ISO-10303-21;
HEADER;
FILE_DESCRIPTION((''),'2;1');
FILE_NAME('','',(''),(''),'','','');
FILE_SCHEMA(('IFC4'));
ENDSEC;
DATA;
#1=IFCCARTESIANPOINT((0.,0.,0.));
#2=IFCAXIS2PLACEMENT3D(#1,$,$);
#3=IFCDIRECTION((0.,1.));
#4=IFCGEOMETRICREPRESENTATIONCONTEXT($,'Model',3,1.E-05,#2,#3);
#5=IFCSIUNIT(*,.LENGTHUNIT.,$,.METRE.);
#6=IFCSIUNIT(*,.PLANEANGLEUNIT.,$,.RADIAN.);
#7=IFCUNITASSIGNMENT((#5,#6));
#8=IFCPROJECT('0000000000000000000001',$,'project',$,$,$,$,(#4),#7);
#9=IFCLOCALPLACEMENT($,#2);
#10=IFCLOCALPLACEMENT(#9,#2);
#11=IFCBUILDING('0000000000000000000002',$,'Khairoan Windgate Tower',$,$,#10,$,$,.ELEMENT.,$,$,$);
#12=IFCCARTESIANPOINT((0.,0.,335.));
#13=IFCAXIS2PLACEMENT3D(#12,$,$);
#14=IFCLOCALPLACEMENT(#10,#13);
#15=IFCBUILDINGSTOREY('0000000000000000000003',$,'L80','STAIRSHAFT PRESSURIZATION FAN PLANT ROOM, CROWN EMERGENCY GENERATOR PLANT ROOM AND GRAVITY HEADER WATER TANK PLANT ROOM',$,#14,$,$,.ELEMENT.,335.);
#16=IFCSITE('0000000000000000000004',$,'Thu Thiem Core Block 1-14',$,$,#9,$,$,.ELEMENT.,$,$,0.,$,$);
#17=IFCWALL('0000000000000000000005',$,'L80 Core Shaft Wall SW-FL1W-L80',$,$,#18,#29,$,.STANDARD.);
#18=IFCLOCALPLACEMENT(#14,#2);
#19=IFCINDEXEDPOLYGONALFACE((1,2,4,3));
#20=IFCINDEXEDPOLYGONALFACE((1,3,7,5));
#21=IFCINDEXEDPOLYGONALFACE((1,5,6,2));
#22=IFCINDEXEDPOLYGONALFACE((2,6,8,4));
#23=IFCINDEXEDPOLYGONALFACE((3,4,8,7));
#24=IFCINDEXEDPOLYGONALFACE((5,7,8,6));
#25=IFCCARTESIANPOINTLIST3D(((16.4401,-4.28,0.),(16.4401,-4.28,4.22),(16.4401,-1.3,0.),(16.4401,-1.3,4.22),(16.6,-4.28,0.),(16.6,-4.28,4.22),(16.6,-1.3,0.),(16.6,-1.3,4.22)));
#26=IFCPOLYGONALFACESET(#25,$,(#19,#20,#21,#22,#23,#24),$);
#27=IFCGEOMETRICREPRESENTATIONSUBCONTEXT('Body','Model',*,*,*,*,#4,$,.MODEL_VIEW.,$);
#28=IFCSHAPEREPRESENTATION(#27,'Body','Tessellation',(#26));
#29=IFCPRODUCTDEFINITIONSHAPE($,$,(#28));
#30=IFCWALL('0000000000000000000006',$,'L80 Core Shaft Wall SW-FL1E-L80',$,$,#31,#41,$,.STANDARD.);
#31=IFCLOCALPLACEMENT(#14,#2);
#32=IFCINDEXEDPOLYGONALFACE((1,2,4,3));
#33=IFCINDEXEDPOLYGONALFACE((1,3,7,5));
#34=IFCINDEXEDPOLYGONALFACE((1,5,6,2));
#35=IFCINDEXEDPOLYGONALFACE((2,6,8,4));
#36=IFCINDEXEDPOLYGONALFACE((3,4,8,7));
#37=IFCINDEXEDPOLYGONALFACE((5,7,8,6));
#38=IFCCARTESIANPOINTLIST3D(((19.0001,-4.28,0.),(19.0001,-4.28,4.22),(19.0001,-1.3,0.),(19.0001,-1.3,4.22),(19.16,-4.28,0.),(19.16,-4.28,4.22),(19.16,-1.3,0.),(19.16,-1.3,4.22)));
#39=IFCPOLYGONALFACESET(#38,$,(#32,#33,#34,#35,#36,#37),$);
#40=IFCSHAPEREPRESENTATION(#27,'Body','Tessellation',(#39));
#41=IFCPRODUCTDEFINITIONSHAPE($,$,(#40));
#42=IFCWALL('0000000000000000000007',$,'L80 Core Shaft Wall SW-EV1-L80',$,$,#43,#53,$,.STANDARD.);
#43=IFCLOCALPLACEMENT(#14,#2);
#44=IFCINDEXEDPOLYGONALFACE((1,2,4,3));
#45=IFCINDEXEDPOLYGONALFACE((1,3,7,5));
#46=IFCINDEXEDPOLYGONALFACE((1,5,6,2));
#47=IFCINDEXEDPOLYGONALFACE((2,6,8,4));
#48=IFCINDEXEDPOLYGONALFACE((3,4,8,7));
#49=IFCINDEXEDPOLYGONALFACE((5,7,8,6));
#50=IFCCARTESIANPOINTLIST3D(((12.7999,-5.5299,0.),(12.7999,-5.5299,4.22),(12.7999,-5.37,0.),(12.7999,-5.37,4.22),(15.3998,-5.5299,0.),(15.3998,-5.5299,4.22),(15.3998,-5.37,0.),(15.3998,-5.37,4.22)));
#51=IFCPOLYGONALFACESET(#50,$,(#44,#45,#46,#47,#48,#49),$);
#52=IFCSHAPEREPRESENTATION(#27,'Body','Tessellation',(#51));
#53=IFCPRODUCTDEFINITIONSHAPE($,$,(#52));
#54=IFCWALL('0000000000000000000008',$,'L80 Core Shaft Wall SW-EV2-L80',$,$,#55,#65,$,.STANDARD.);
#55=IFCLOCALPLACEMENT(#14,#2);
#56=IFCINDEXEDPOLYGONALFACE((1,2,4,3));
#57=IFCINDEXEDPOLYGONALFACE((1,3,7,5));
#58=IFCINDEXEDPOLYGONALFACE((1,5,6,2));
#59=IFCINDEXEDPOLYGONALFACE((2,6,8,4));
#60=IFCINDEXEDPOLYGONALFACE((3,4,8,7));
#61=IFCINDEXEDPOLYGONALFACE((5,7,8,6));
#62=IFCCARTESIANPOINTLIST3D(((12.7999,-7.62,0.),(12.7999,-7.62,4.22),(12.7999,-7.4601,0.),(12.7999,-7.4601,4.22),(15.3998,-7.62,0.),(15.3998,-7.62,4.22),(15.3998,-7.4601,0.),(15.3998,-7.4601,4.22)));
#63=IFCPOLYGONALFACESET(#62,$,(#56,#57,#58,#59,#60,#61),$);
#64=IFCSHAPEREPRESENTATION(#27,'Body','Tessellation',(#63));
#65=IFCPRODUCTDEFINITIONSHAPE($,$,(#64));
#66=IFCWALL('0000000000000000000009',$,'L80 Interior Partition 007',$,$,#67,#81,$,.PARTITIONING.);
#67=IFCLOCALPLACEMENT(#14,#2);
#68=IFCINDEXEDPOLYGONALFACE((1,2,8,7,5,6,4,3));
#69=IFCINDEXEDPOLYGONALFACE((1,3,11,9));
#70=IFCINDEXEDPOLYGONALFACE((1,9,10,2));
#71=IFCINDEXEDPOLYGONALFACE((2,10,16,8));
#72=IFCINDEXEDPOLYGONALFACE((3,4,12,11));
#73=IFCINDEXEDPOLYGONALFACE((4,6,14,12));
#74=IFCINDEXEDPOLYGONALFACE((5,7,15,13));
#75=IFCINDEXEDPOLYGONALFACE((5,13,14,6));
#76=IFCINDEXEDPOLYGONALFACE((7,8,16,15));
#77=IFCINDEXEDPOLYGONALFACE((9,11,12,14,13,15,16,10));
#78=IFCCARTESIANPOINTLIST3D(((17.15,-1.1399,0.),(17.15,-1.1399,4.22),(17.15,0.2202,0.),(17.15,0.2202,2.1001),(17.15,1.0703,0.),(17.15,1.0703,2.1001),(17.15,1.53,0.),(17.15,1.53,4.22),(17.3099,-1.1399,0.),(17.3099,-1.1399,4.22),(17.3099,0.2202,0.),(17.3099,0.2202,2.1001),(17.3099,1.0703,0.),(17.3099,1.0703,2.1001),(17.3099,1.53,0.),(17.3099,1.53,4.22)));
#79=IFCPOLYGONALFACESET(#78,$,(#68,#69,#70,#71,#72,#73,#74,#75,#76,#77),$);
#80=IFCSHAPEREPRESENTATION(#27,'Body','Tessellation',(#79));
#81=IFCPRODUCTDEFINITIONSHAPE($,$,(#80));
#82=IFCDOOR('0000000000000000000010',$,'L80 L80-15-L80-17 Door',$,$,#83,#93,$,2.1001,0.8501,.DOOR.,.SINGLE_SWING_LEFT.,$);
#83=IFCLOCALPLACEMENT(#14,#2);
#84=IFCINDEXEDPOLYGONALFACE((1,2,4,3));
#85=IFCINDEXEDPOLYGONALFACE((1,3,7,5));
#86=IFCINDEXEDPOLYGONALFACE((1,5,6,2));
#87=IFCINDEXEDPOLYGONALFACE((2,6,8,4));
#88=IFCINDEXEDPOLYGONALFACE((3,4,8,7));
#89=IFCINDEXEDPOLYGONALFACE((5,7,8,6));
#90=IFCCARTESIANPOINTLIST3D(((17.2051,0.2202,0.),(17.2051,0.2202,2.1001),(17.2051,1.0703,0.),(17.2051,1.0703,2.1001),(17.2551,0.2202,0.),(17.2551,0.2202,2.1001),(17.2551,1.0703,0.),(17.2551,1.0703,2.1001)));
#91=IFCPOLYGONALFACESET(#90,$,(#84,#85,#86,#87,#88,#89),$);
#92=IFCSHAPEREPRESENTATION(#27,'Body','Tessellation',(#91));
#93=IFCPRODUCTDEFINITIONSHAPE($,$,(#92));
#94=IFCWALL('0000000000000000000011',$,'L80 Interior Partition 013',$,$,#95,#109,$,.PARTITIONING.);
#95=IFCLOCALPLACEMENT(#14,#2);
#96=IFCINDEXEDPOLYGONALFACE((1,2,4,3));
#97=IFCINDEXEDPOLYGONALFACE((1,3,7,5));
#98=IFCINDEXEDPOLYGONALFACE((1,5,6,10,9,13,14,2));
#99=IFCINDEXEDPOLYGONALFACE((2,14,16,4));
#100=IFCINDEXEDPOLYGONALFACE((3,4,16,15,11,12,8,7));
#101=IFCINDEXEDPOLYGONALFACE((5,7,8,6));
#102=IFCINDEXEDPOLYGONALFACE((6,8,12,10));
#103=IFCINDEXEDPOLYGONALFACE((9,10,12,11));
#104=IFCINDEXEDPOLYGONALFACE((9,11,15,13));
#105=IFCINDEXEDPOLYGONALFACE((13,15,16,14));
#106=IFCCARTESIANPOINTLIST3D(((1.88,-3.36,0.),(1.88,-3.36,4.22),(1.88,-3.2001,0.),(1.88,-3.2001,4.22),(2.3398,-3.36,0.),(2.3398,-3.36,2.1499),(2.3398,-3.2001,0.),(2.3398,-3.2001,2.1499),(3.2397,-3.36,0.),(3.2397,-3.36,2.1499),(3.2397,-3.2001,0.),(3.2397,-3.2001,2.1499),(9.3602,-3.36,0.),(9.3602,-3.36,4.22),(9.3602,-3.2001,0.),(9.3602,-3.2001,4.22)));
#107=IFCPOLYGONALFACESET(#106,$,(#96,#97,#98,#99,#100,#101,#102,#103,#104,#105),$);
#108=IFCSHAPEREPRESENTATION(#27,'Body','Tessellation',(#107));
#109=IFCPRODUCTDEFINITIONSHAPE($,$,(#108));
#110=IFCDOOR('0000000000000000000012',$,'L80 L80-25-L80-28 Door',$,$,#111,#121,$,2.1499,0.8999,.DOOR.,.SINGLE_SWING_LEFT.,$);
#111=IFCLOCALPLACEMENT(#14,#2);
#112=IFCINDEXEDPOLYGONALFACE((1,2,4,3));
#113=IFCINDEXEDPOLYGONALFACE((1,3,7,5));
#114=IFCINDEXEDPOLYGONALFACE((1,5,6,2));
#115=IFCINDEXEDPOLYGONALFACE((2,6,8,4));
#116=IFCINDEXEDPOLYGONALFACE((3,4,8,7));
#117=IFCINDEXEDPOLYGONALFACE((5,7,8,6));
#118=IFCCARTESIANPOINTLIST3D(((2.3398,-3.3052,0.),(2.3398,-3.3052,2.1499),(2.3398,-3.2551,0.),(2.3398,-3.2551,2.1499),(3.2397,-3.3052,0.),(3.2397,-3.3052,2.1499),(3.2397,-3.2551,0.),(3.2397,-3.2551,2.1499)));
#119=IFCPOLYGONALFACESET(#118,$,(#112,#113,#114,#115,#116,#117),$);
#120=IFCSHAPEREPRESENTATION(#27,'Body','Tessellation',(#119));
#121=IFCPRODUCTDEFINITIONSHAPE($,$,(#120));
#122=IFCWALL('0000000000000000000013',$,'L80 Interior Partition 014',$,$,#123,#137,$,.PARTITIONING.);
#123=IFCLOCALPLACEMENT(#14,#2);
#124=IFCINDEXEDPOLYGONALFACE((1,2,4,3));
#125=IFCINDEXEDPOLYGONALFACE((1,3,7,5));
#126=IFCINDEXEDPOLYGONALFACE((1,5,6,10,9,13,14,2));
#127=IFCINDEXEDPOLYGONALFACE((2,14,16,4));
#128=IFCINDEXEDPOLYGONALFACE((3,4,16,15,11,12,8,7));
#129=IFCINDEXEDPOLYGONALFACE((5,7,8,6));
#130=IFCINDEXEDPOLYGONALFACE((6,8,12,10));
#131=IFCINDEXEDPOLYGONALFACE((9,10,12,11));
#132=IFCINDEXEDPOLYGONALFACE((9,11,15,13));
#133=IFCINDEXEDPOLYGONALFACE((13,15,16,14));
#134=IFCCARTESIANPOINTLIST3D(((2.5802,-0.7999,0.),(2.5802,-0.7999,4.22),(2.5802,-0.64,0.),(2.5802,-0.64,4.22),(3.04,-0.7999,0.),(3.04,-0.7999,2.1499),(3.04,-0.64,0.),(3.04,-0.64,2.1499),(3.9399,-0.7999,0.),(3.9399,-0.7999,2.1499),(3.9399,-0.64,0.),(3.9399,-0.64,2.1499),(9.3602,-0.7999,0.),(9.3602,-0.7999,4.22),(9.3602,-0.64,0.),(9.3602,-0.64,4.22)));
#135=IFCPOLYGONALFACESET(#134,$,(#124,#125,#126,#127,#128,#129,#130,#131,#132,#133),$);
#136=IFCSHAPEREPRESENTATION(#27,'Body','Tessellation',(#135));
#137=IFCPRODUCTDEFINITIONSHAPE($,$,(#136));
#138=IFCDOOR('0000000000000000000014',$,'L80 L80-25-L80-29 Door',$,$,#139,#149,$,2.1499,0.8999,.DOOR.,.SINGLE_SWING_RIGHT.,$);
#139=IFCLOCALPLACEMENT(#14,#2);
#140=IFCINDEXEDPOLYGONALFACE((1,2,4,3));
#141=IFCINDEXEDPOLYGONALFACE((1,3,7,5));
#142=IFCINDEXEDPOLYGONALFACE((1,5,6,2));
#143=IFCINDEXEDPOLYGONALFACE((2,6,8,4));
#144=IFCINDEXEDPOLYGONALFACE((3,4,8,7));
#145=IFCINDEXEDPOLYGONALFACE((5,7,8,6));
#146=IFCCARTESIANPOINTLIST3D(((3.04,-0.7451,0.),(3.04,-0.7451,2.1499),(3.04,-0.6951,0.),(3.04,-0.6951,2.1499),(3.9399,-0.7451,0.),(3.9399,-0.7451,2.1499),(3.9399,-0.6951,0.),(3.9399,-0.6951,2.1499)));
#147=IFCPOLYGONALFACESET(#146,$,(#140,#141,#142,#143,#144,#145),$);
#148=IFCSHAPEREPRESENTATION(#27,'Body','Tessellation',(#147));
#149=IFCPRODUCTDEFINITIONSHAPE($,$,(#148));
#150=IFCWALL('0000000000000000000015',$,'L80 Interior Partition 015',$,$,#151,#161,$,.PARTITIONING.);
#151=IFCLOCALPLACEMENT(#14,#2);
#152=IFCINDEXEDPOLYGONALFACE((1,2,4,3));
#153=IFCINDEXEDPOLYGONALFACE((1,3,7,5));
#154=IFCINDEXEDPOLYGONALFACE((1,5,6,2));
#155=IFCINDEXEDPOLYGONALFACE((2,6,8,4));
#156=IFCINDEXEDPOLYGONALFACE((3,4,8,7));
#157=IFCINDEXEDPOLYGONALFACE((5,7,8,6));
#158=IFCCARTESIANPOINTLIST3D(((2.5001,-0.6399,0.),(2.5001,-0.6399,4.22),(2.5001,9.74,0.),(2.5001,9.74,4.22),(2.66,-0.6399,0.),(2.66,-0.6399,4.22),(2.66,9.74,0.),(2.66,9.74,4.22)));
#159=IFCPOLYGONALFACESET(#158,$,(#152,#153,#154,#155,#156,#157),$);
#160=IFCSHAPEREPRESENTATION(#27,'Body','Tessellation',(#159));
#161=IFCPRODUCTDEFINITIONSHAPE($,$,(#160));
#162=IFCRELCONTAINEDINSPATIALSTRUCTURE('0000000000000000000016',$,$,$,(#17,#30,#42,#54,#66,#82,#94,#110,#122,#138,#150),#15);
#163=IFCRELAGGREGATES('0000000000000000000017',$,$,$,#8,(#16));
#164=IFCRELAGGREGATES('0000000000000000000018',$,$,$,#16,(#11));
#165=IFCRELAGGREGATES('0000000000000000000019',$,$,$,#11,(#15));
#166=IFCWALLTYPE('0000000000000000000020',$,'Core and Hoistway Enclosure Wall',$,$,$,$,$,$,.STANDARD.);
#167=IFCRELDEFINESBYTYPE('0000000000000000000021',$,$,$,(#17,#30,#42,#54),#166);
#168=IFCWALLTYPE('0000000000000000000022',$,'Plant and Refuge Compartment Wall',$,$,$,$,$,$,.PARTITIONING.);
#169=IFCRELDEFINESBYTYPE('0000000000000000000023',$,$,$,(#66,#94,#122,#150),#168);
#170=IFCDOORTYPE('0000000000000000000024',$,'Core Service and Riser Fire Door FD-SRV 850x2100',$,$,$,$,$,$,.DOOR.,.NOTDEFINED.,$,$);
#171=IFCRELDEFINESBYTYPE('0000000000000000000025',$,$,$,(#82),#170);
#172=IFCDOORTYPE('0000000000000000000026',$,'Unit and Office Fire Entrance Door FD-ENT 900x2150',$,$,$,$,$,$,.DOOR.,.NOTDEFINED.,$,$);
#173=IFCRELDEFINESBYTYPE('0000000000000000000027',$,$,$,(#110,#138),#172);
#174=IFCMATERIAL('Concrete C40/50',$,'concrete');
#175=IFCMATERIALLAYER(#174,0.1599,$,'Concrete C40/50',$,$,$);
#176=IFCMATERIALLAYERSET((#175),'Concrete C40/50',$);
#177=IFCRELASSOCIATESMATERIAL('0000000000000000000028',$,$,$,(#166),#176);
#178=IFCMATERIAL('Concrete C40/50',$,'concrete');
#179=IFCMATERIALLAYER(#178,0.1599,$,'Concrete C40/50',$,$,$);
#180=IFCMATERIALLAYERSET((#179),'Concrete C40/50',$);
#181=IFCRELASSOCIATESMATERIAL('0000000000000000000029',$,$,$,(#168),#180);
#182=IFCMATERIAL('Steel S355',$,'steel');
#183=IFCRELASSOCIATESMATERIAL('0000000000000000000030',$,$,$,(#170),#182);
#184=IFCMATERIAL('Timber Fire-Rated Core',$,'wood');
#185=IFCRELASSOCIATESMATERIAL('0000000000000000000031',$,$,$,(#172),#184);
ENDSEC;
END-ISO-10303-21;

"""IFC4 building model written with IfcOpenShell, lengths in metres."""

from ifc_helpers import new_model, si_unit, direction, frame, frame_2d, origin, place, context, subcontext, project, spatial, rectangle, extrude, material, layer, layer_set, type_object, element, fill, save


model = new_model("IFC4")

# Units and contexts
model_context = context("Model", 3, precision=1e-05, world=origin(), true_north=direction((0.0, 1.0)))
body_context = subcontext(model_context, "Body", "Model", "MODEL_VIEW")
ifc_project = project(units=[si_unit("LENGTHUNIT", "METRE"), si_unit("PLANEANGLEUNIT", "RADIAN")], contexts=[model_context])

# Site, building, storey
site_placement = place(None, origin())
site = spatial("IfcSite", under=ifc_project, at=site_placement, Name="Thu Thiem Core Block 1-14", CompositionType="ELEMENT", RefElevation=0.0)
building_placement = place(site_placement, origin())
building = spatial("IfcBuilding", under=site, at=building_placement, Name="Khairoan Windgate Tower", CompositionType="ELEMENT")
storey_placement = place(building_placement, frame((0.0, 0.0, 335.0)))
storey = spatial("IfcBuildingStorey", under=building, at=storey_placement, Name="L80", Description="STAIRSHAFT PRESSURIZATION FAN PLANT ROOM, CROWN EMERGENCY GENERATOR PLANT ROOM AND GRAVITY HEADER WATER TANK PLANT ROOM", CompositionType="ELEMENT", Elevation=335.0)

# Shared definitions
ifc_material_1 = material(Name="Concrete C40/50", Category="concrete")
ifc_layer_1 = layer(ifc_material_1, 0.1599, Name="Concrete C40/50")
ifc_layer_set_1 = layer_set([ifc_layer_1], Name="Concrete C40/50")
wall_type_1 = type_object("IfcWallType", Name="Core and Hoistway Enclosure Wall", PredefinedType="STANDARD", material=ifc_layer_set_1)

# Walls
for number, where, z_axis, x_axis, name in (
    (1, (16.52, -4.28, 0.0), (0.0, 0.0, 1.0), (0.0, 1.0, 0.0), "L80 Core Shaft Wall SW-FL1W-L80"),
    (2, (19.0801, -4.28, 0.0), (0.0, 0.0, 1.0), (0.0, 1.0, 0.0), "L80 Core Shaft Wall SW-FL1E-L80"),
):
    element("IfcWall", number, at=place(storey_placement, frame(where, z_axis=z_axis, x_axis=x_axis)), inside=storey, type_object=wall_type_1, Name=name, PredefinedType="STANDARD", context=body_context, shape_type="SweptSolid", body=[
        extrude(rectangle(XDim=2.98, YDim=0.1599, at=frame_2d((1.49, 0.0))), origin(), (0.0, 0.0, 1.0), 4.22),
    ])
for number, where, z_axis, x_axis, name in (
    (3, (12.8, -5.45, 0.0), (0.0, 0.0, 1.0), (1.0, 0.0, 0.0), "L80 Core Shaft Wall SW-EV1-L80"),
    (4, (12.8, -7.54, 0.0), (0.0, 0.0, 1.0), (1.0, 0.0, 0.0), "L80 Core Shaft Wall SW-EV2-L80"),
):
    element("IfcWall", number, at=place(storey_placement, frame(where, z_axis=z_axis, x_axis=x_axis)), inside=storey, type_object=wall_type_1, Name=name, PredefinedType="STANDARD", context=body_context, shape_type="SweptSolid", body=[
        extrude(rectangle(XDim=2.5999, YDim=0.1599, at=frame_2d((1.2998, 0.0))), origin(), (0.0, 0.0, 1.0), 4.22),
    ])

# Walls, openings, doors
ifc_material_2 = material(Name="Concrete C40/50", Category="concrete")
ifc_layer_2 = layer(ifc_material_2, 0.1599, Name="Concrete C40/50")
ifc_layer_set_2 = layer_set([ifc_layer_2], Name="Concrete C40/50")
wall_type_2 = type_object("IfcWallType", Name="Plant and Refuge Compartment Wall", PredefinedType="PARTITIONING", material=ifc_layer_set_2)
wall_1_placement = place(storey_placement, frame((17.23, -1.1399, 0.0), z_axis=(0.0, 0.0, 1.0), x_axis=(0.0, 1.0, 0.0)))
wall_1 = element("IfcWall", 5, at=wall_1_placement, inside=storey, type_object=wall_type_2, Name="L80 Interior Partition 007", PredefinedType="PARTITIONING", context=body_context, shape_type="SweptSolid", body=[
    extrude(rectangle(XDim=2.6699, YDim=0.1599, at=frame_2d((1.335, 0.0))), origin(), (0.0, 0.0, 1.0), 4.22),
])
opening_1_placement = place(wall_1_placement, frame((1.3601, 0.0, 0.0)))
opening_1 = element("IfcOpeningElement", 6, at=opening_1_placement, cuts=wall_1, PredefinedType="OPENING", context=body_context, shape_type="SweptSolid", body=[
    extrude(rectangle(XDim=0.8501, YDim=2.1001, at=frame_2d((0.425, 1.05))), frame((0.0, 0.0898, 0.0), z_axis=(0.0, -1.0, 0.0), x_axis=(1.0, 0.0, 0.0)), (0.0, 0.0, 1.0), 0.1799),
])
ifc_material_3 = material(Name="Steel S355", Category="steel")
door_type_1 = type_object("IfcDoorType", Name="Core Service and Riser Fire Door FD-SRV 850x2100", OperationType="NOTDEFINED", PredefinedType="DOOR", material=ifc_material_3)
door_1_placement = place(opening_1_placement, origin())
door_1 = element("IfcDoor", 7, at=door_1_placement, inside=storey, type_object=door_type_1, Name="L80 L80-15-L80-17 Door", OperationType="SINGLE_SWING_LEFT", OverallHeight=2.1001, OverallWidth=0.8501, PredefinedType="DOOR", context=body_context, shape_type="SweptSolid", body=[
    extrude(rectangle(XDim=0.8501, YDim=2.1001, at=frame_2d((0.425, 1.05))), frame((0.0, 0.0249, 0.0), z_axis=(0.0, -1.0, 0.0), x_axis=(1.0, 0.0, 0.0)), (0.0, 0.0, 1.0), 0.05),
])
fill(opening_1, door_1)
wall_2_placement = place(storey_placement, frame((1.8799, -3.28, 0.0), z_axis=(0.0, 0.0, 1.0), x_axis=(1.0, 0.0, 0.0)))
wall_2 = element("IfcWall", 8, at=wall_2_placement, inside=storey, type_object=wall_type_2, Name="L80 Interior Partition 013", PredefinedType="PARTITIONING", context=body_context, shape_type="SweptSolid", body=[
    extrude(rectangle(XDim=7.4802, YDim=0.1599, at=frame_2d((3.7402, 0.0))), origin(), (0.0, 0.0, 1.0), 4.22),
])
opening_2_placement = place(wall_2_placement, frame((0.46, 0.0, 0.0)))
opening_2 = element("IfcOpeningElement", 9, at=opening_2_placement, cuts=wall_2, PredefinedType="OPENING", context=body_context, shape_type="SweptSolid", body=[
    extrude(rectangle(XDim=0.8999, YDim=2.1499, at=frame_2d((0.45, 1.075))), frame((0.0, 0.0898, 0.0), z_axis=(0.0, -1.0, 0.0), x_axis=(1.0, 0.0, 0.0)), (0.0, 0.0, 1.0), 0.1799),
])
ifc_material_4 = material(Name="Timber Fire-Rated Core", Category="wood")
door_type_2 = type_object("IfcDoorType", Name="Unit and Office Fire Entrance Door FD-ENT 900x2150", OperationType="NOTDEFINED", PredefinedType="DOOR", material=ifc_material_4)
door_2_placement = place(opening_2_placement, origin())
door_2 = element("IfcDoor", 10, at=door_2_placement, inside=storey, type_object=door_type_2, Name="L80 L80-25-L80-28 Door", OperationType="SINGLE_SWING_LEFT", OverallHeight=2.1499, OverallWidth=0.8999, PredefinedType="DOOR", context=body_context, shape_type="SweptSolid", body=[
    extrude(rectangle(XDim=0.8999, YDim=2.1499, at=frame_2d((0.45, 1.075))), frame((0.0, 0.0249, 0.0), z_axis=(0.0, -1.0, 0.0), x_axis=(1.0, 0.0, 0.0)), (0.0, 0.0, 1.0), 0.05),
])
fill(opening_2, door_2)
wall_3_placement = place(storey_placement, frame((2.5801, -0.72, 0.0), z_axis=(0.0, 0.0, 1.0), x_axis=(1.0, 0.0, 0.0)))
wall_3 = element("IfcWall", 11, at=wall_3_placement, inside=storey, type_object=wall_type_2, Name="L80 Interior Partition 014", PredefinedType="PARTITIONING", context=body_context, shape_type="SweptSolid", body=[
    extrude(rectangle(XDim=6.78, YDim=0.1599, at=frame_2d((3.3901, 0.0))), origin(), (0.0, 0.0, 1.0), 4.22),
])
opening_3_placement = place(wall_3_placement, frame((0.46, 0.0, 0.0)))
opening_3 = element("IfcOpeningElement", 12, at=opening_3_placement, cuts=wall_3, PredefinedType="OPENING", context=body_context, shape_type="SweptSolid", body=[
    extrude(rectangle(XDim=0.8999, YDim=2.1499, at=frame_2d((0.45, 1.075))), frame((0.0, 0.0898, 0.0), z_axis=(0.0, -1.0, 0.0), x_axis=(1.0, 0.0, 0.0)), (0.0, 0.0, 1.0), 0.1799),
])
door_3_placement = place(opening_3_placement, origin())
door_3 = element("IfcDoor", 13, at=door_3_placement, inside=storey, type_object=door_type_2, Name="L80 L80-25-L80-29 Door", OperationType="SINGLE_SWING_RIGHT", OverallHeight=2.1499, OverallWidth=0.8999, PredefinedType="DOOR", context=body_context, shape_type="SweptSolid", body=[
    extrude(rectangle(XDim=0.8999, YDim=2.1499, at=frame_2d((0.45, 1.075))), frame((0.0, 0.0249, 0.0), z_axis=(0.0, -1.0, 0.0), x_axis=(1.0, 0.0, 0.0)), (0.0, 0.0, 1.0), 0.05),
])
fill(opening_3, door_3)

# Wall
wall_4_placement = place(storey_placement, frame((2.5801, -0.6399, 0.0), z_axis=(0.0, 0.0, 1.0), x_axis=(0.0, 1.0, 0.0)))
element("IfcWall", 14, at=wall_4_placement, inside=storey, type_object=wall_type_2, Name="L80 Interior Partition 015", PredefinedType="PARTITIONING", context=body_context, shape_type="SweptSolid", body=[
    extrude(rectangle(XDim=10.3799, YDim=0.1599, at=frame_2d((5.1899, 0.0))), origin(), (0.0, 0.0, 1.0), 4.22),
])

save(model, "model.ifc")
